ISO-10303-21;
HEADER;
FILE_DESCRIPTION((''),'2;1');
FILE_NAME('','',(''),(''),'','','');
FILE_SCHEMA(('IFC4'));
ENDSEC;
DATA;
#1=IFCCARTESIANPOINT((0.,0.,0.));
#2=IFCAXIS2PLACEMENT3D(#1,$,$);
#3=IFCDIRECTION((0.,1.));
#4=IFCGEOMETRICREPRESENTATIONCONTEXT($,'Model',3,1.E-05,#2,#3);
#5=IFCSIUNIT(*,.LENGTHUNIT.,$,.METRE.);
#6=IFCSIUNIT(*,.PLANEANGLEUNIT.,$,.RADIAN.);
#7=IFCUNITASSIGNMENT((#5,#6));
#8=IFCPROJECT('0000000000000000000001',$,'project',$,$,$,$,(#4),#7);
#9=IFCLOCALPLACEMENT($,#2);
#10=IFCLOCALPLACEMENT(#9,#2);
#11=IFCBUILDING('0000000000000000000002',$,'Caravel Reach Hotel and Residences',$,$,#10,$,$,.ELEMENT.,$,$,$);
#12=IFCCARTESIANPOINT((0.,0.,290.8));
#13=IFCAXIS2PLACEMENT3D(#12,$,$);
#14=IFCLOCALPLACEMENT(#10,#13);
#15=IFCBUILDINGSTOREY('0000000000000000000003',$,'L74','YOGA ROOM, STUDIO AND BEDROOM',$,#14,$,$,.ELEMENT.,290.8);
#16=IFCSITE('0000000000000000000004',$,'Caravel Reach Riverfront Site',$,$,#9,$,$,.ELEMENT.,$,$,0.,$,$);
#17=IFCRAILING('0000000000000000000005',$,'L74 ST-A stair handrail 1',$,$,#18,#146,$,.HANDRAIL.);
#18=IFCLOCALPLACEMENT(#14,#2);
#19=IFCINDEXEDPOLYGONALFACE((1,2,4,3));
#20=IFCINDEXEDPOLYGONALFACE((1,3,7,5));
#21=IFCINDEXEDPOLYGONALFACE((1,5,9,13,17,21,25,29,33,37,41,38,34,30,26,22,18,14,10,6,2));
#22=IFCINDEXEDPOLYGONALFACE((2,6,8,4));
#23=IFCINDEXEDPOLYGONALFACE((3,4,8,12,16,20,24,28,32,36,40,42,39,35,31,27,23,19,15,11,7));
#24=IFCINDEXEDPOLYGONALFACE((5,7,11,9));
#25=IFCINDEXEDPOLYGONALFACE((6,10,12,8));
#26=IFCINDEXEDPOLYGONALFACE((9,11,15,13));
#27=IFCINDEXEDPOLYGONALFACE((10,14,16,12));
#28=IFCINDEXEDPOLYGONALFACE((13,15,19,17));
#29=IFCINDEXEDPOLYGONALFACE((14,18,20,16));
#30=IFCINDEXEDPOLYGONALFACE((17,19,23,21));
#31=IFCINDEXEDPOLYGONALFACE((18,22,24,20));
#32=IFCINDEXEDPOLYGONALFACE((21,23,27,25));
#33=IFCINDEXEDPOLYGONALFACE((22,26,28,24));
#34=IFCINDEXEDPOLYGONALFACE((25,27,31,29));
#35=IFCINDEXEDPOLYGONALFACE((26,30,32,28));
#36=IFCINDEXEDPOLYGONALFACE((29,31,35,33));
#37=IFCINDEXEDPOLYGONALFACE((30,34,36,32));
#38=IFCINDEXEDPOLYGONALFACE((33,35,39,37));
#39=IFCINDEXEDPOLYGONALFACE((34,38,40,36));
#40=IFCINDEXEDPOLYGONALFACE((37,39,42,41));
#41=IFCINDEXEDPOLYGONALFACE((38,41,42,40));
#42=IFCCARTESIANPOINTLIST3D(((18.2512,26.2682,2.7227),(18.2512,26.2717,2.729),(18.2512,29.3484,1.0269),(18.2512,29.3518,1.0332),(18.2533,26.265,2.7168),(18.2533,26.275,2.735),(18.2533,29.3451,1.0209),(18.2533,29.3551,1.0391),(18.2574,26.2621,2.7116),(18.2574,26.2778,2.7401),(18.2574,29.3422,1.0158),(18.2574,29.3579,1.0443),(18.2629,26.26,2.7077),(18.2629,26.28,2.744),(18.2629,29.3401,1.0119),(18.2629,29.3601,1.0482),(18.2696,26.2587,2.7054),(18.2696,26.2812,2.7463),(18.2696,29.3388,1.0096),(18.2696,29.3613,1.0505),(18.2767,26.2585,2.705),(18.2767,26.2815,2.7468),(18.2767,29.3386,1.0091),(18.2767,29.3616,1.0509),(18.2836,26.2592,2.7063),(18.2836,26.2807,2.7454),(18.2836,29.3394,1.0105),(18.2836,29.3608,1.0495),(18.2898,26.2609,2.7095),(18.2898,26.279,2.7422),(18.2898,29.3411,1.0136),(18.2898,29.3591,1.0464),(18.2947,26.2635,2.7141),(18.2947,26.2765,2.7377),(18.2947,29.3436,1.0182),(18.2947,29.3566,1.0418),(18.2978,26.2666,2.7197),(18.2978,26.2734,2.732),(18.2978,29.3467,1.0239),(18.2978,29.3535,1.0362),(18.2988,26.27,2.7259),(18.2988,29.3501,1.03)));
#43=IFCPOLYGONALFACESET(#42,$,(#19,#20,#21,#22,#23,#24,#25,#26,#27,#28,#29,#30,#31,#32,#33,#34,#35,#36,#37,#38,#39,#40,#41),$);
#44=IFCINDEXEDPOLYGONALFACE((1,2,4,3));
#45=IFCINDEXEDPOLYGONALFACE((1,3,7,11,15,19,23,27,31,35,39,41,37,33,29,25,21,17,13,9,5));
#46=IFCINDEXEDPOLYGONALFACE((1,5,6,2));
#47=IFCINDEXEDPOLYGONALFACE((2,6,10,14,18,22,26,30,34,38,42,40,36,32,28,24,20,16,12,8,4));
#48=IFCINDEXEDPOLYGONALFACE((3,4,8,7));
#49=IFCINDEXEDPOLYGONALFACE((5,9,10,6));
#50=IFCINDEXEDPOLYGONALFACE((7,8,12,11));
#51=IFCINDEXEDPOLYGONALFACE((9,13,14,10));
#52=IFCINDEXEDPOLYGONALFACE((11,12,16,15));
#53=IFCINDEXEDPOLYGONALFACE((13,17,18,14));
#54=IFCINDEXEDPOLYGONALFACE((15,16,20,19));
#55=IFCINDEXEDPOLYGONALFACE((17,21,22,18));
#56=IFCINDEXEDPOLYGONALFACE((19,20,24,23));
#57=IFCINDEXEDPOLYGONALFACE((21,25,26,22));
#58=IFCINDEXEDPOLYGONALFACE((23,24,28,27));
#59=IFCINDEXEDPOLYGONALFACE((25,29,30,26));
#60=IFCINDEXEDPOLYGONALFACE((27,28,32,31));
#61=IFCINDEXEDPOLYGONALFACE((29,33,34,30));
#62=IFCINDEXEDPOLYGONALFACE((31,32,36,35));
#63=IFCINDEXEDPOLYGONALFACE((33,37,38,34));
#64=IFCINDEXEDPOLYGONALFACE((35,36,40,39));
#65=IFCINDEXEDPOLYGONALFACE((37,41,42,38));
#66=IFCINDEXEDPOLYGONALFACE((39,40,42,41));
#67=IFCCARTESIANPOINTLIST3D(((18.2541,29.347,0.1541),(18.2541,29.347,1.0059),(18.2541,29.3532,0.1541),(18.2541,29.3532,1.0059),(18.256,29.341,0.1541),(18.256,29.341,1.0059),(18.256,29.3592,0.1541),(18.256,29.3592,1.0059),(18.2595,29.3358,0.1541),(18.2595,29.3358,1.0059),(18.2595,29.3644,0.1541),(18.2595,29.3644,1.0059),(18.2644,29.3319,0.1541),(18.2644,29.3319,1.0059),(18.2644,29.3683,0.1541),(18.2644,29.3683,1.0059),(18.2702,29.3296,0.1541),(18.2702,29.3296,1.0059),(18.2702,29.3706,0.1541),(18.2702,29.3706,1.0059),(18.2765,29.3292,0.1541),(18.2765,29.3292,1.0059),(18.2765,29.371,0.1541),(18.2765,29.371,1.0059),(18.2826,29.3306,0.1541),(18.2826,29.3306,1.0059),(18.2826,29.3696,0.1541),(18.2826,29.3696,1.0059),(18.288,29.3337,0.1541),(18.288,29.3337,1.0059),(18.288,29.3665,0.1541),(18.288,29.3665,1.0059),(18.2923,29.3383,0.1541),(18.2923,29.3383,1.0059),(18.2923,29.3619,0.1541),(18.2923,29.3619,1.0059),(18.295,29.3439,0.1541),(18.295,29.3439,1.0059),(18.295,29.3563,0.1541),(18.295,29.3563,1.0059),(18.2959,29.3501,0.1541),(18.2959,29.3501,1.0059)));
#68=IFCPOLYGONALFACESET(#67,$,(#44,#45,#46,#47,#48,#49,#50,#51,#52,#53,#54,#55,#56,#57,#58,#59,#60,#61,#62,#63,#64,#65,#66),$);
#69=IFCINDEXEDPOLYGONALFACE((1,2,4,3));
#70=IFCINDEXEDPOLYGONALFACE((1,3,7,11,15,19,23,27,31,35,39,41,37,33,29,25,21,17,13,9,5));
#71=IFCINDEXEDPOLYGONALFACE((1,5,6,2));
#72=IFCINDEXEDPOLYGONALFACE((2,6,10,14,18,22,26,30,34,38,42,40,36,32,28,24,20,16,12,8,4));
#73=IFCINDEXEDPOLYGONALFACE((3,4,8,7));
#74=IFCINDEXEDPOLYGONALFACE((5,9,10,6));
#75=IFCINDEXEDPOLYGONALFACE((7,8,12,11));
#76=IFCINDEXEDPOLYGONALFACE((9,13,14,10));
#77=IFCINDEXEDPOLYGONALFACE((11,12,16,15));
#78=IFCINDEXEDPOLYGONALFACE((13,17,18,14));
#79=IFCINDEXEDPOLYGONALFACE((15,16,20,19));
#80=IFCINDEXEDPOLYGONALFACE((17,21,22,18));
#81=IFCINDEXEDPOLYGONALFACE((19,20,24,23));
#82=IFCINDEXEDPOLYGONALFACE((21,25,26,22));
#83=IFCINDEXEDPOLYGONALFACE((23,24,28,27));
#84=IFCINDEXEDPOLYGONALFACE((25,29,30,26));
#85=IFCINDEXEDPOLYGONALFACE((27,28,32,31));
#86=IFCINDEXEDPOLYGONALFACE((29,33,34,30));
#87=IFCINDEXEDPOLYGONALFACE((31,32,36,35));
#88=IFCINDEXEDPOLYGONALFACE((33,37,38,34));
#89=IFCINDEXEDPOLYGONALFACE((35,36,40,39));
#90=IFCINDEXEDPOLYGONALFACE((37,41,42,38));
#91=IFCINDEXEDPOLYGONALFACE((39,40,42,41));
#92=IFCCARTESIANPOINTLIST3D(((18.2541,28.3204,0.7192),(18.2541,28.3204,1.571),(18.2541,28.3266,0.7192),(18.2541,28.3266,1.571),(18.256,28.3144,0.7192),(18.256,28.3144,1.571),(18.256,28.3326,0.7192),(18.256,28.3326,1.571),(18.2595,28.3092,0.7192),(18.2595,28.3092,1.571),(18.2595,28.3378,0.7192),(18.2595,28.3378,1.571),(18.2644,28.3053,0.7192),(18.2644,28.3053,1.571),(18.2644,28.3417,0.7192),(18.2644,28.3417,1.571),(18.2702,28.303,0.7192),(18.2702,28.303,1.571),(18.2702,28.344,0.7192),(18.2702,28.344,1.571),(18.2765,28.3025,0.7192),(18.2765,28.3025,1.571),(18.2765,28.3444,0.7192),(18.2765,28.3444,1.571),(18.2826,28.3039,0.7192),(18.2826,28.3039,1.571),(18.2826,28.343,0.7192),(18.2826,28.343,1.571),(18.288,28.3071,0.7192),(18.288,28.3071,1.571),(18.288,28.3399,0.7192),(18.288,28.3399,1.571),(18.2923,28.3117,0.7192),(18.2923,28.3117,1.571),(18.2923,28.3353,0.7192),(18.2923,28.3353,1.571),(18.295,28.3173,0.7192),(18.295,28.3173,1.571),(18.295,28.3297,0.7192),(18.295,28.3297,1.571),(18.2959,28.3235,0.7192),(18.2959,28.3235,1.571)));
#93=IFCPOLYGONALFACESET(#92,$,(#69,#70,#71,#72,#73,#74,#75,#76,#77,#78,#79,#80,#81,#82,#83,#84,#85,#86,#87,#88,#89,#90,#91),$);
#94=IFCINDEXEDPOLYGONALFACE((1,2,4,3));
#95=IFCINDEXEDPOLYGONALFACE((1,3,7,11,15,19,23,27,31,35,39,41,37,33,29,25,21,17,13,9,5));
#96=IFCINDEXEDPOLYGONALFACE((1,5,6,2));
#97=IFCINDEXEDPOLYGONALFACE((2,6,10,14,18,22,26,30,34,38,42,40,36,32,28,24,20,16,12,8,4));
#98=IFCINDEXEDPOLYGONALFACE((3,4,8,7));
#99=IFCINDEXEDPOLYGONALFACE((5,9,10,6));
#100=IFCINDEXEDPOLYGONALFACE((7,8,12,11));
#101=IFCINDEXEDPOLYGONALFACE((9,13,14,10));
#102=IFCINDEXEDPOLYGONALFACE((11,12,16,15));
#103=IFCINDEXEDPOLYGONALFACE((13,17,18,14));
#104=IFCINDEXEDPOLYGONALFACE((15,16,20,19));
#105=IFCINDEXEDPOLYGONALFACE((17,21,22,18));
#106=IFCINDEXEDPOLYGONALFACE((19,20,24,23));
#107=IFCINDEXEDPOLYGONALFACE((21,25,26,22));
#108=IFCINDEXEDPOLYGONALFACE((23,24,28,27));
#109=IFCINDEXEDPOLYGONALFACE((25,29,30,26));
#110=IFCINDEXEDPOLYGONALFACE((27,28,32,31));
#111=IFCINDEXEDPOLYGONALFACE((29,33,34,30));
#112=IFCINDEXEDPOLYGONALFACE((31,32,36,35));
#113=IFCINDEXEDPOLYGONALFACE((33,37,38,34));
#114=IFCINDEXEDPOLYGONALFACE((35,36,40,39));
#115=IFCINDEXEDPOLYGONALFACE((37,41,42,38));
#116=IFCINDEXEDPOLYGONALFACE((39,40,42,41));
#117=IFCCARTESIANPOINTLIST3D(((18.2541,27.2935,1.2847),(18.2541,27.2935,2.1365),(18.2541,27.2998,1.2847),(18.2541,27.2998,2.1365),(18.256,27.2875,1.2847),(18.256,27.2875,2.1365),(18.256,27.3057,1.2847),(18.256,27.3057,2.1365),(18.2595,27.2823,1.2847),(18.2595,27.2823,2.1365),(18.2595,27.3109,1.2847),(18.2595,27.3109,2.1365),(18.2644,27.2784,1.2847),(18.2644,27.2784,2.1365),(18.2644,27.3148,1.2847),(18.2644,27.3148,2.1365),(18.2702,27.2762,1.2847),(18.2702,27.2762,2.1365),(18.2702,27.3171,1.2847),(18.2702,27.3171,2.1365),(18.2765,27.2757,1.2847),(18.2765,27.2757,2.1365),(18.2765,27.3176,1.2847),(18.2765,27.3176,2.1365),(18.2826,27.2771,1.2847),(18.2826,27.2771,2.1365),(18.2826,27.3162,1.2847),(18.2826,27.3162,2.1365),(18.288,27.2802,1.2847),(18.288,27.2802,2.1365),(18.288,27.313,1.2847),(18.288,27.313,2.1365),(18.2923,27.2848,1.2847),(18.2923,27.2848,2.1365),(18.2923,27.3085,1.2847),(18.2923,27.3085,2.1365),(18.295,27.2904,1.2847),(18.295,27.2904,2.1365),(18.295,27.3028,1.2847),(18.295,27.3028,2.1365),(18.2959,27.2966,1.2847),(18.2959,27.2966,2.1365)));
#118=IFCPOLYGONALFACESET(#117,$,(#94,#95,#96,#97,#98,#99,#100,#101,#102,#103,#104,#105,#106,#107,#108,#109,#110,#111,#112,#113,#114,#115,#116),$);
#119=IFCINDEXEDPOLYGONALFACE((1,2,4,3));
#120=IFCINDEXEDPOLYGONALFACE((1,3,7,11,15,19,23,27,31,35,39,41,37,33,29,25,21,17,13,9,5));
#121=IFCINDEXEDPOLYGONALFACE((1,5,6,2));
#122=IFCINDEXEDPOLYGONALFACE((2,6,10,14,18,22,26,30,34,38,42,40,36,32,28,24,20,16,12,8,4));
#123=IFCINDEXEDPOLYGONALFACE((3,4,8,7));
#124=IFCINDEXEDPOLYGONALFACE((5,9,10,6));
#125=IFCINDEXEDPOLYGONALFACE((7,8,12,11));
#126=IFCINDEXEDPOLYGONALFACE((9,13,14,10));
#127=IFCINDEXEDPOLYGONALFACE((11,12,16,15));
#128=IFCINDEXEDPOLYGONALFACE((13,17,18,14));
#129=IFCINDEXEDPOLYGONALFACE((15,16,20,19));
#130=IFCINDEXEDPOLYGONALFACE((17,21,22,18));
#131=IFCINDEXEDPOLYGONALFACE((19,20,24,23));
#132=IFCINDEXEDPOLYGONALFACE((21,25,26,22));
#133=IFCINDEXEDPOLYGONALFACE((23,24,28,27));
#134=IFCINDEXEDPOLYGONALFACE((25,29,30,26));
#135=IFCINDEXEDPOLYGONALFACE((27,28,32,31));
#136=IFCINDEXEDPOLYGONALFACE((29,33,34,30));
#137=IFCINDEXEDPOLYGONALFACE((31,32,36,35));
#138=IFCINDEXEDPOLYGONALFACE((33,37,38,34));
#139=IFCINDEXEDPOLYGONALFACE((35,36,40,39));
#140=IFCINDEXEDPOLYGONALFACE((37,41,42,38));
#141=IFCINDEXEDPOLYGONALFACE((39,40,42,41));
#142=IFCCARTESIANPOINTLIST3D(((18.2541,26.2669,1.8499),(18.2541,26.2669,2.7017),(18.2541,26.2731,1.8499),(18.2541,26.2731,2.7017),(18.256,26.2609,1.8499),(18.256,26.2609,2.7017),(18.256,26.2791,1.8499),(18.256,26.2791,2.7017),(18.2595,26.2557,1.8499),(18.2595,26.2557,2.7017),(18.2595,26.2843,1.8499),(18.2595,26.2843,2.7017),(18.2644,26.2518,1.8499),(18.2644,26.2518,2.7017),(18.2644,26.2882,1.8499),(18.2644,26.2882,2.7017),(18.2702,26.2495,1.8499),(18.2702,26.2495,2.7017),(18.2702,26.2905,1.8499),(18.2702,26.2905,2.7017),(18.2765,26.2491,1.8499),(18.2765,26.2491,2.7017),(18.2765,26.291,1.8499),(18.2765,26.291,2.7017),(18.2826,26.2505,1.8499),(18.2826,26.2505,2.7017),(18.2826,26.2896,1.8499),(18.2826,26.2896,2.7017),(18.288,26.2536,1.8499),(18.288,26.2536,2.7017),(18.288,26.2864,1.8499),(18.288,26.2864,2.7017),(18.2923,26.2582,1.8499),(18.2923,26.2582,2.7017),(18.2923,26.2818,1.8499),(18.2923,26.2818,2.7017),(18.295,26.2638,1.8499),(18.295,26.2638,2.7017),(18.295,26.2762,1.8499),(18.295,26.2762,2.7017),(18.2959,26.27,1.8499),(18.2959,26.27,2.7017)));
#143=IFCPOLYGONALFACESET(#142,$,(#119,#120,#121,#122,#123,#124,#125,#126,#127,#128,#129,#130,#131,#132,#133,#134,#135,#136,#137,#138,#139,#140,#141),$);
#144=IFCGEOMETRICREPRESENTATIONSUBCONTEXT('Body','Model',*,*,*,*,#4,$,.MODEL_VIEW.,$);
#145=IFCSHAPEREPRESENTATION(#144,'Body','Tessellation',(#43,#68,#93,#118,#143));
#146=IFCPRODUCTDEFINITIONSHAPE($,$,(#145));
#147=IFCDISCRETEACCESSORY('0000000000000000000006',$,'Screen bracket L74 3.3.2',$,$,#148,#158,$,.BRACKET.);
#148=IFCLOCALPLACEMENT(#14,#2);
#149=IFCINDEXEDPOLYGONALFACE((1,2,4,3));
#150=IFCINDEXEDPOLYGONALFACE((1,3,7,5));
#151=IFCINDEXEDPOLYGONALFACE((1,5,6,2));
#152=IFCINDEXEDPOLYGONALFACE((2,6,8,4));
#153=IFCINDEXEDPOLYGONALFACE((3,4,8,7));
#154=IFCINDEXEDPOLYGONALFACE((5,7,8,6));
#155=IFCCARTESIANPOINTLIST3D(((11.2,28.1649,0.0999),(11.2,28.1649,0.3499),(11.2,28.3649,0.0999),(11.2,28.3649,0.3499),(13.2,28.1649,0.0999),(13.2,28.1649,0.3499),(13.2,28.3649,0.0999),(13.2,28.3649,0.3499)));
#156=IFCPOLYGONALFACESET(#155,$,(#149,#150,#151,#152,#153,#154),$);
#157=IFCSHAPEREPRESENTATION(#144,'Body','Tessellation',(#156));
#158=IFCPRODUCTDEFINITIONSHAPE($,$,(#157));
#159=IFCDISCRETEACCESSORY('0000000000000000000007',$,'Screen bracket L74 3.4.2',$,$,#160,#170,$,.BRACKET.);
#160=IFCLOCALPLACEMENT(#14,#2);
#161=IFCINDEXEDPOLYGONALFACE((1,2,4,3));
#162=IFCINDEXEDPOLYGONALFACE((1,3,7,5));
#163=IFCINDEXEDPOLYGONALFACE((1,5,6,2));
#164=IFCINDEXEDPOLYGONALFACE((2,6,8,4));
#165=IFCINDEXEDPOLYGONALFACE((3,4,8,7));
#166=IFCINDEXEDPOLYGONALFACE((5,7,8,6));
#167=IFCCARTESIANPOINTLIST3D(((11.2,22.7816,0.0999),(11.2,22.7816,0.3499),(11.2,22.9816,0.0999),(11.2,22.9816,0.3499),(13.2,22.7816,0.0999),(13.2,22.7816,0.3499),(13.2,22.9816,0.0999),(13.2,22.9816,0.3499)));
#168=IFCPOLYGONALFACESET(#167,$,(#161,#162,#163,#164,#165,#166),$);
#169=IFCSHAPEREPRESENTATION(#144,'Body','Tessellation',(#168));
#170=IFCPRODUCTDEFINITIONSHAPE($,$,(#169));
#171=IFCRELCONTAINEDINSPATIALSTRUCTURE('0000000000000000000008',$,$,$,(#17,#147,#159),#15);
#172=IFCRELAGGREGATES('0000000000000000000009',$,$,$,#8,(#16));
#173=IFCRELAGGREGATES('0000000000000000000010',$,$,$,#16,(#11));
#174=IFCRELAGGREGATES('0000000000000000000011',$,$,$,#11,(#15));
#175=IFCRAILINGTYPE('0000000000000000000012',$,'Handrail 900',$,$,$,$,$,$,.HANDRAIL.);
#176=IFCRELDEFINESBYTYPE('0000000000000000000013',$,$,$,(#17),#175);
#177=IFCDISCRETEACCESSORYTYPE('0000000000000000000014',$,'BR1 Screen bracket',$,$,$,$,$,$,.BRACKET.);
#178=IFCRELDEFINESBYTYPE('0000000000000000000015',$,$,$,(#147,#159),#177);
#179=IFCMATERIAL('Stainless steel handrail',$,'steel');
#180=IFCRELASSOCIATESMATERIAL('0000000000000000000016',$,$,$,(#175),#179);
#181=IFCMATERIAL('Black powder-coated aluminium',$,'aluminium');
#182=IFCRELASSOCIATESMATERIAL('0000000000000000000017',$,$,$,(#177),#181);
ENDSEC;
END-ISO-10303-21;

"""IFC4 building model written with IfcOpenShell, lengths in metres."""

from ifc_helpers import new_model, si_unit, direction, frame, origin, origin_2d, place, context, subcontext, project, spatial, rectangle, circle, extrude, material, type_object, element, save


model = new_model("IFC4")

# Units and contexts
model_context = context("Model", 3, precision=1e-05, world=origin(), true_north=direction((0.0, 1.0)))
body_context = subcontext(model_context, "Body", "Model", "MODEL_VIEW")
ifc_project = project(units=[si_unit("LENGTHUNIT", "METRE"), si_unit("PLANEANGLEUNIT", "RADIAN")], contexts=[model_context])

# Site, building, storey
site_placement = place(None, origin())
site = spatial("IfcSite", under=ifc_project, at=site_placement, Name="Caravel Reach Riverfront Site", CompositionType="ELEMENT", RefElevation=0.0)
building_placement = place(site_placement, origin())
building = spatial("IfcBuilding", under=site, at=building_placement, Name="Caravel Reach Hotel and Residences", CompositionType="ELEMENT")
storey_placement = place(building_placement, frame((0.0, 0.0, 290.8)))
storey = spatial("IfcBuildingStorey", under=building, at=storey_placement, Name="L74", Description="YOGA ROOM, STUDIO AND BEDROOM", CompositionType="ELEMENT", Elevation=290.8)

# Railing
ifc_material_1 = material(Name="Stainless steel handrail", Category="steel")
railing_type_1 = type_object("IfcRailingType", Name="Handrail 900", PredefinedType="HANDRAIL", material=ifc_material_1)
railing_1_placement = place(storey_placement, frame((18.2749, 29.3501, 0.1541)))
element("IfcRailing", 1, at=railing_1_placement, inside=storey, type_object=railing_type_1, Name="L74 ST-A stair handrail 1", PredefinedType="HANDRAIL", context=body_context, shape_type="SweptSolid", body=[
    extrude(circle(Radius=0.0239, at=origin_2d()), frame((0.0, 0.0, 0.876), z_axis=(0.0, -0.876005, 0.482303), x_axis=(1.0, 0.0, 0.0)), (0.0, 0.0, 1.0), 3.5161),
    extrude(circle(Radius=0.021, at=origin_2d()), origin(), (0.0, 0.0, 1.0), 0.8518),
    extrude(circle(Radius=0.021, at=origin_2d()), frame((0.0, -1.0266, 0.5652)), (0.0, 0.0, 1.0), 0.8518),
    extrude(circle(Radius=0.021, at=origin_2d()), frame((0.0, -2.0535, 1.1306)), (0.0, 0.0, 1.0), 0.8518),
    extrude(circle(Radius=0.021, at=origin_2d()), frame((0.0, -3.0801, 1.6958)), (0.0, 0.0, 1.0), 0.8518),
])

# Discrete accessories
ifc_material_2 = material(Name="Black powder-coated aluminium", Category="aluminium")
discrete_accessory_type = type_object("IfcDiscreteAccessoryType", Name="BR1 Screen bracket", PredefinedType="BRACKET", material=ifc_material_2)
for number, where, z_axis, x_axis, name in (
    (2, (12.2, 28.2649, 0.0999), (0.0, 0.0, 1.0), (-1.0, 0.0, 0.0), "Screen bracket L74 3.3.2"),
    (3, (12.2, 22.8816, 0.0999), (0.0, 0.0, 1.0), (-1.0, 0.0, 0.0), "Screen bracket L74 3.4.2"),
):
    element("IfcDiscreteAccessory", number, at=place(storey_placement, frame(where, z_axis=z_axis, x_axis=x_axis)), inside=storey, type_object=discrete_accessory_type, Name=name, PredefinedType="BRACKET", context=body_context, shape_type="SweptSolid", body=[
        extrude(rectangle(XDim=2.0, YDim=0.2, at=origin_2d()), origin(), (0.0, 0.0, 1.0), 0.25),
    ])

save(model, "model.ifc")
